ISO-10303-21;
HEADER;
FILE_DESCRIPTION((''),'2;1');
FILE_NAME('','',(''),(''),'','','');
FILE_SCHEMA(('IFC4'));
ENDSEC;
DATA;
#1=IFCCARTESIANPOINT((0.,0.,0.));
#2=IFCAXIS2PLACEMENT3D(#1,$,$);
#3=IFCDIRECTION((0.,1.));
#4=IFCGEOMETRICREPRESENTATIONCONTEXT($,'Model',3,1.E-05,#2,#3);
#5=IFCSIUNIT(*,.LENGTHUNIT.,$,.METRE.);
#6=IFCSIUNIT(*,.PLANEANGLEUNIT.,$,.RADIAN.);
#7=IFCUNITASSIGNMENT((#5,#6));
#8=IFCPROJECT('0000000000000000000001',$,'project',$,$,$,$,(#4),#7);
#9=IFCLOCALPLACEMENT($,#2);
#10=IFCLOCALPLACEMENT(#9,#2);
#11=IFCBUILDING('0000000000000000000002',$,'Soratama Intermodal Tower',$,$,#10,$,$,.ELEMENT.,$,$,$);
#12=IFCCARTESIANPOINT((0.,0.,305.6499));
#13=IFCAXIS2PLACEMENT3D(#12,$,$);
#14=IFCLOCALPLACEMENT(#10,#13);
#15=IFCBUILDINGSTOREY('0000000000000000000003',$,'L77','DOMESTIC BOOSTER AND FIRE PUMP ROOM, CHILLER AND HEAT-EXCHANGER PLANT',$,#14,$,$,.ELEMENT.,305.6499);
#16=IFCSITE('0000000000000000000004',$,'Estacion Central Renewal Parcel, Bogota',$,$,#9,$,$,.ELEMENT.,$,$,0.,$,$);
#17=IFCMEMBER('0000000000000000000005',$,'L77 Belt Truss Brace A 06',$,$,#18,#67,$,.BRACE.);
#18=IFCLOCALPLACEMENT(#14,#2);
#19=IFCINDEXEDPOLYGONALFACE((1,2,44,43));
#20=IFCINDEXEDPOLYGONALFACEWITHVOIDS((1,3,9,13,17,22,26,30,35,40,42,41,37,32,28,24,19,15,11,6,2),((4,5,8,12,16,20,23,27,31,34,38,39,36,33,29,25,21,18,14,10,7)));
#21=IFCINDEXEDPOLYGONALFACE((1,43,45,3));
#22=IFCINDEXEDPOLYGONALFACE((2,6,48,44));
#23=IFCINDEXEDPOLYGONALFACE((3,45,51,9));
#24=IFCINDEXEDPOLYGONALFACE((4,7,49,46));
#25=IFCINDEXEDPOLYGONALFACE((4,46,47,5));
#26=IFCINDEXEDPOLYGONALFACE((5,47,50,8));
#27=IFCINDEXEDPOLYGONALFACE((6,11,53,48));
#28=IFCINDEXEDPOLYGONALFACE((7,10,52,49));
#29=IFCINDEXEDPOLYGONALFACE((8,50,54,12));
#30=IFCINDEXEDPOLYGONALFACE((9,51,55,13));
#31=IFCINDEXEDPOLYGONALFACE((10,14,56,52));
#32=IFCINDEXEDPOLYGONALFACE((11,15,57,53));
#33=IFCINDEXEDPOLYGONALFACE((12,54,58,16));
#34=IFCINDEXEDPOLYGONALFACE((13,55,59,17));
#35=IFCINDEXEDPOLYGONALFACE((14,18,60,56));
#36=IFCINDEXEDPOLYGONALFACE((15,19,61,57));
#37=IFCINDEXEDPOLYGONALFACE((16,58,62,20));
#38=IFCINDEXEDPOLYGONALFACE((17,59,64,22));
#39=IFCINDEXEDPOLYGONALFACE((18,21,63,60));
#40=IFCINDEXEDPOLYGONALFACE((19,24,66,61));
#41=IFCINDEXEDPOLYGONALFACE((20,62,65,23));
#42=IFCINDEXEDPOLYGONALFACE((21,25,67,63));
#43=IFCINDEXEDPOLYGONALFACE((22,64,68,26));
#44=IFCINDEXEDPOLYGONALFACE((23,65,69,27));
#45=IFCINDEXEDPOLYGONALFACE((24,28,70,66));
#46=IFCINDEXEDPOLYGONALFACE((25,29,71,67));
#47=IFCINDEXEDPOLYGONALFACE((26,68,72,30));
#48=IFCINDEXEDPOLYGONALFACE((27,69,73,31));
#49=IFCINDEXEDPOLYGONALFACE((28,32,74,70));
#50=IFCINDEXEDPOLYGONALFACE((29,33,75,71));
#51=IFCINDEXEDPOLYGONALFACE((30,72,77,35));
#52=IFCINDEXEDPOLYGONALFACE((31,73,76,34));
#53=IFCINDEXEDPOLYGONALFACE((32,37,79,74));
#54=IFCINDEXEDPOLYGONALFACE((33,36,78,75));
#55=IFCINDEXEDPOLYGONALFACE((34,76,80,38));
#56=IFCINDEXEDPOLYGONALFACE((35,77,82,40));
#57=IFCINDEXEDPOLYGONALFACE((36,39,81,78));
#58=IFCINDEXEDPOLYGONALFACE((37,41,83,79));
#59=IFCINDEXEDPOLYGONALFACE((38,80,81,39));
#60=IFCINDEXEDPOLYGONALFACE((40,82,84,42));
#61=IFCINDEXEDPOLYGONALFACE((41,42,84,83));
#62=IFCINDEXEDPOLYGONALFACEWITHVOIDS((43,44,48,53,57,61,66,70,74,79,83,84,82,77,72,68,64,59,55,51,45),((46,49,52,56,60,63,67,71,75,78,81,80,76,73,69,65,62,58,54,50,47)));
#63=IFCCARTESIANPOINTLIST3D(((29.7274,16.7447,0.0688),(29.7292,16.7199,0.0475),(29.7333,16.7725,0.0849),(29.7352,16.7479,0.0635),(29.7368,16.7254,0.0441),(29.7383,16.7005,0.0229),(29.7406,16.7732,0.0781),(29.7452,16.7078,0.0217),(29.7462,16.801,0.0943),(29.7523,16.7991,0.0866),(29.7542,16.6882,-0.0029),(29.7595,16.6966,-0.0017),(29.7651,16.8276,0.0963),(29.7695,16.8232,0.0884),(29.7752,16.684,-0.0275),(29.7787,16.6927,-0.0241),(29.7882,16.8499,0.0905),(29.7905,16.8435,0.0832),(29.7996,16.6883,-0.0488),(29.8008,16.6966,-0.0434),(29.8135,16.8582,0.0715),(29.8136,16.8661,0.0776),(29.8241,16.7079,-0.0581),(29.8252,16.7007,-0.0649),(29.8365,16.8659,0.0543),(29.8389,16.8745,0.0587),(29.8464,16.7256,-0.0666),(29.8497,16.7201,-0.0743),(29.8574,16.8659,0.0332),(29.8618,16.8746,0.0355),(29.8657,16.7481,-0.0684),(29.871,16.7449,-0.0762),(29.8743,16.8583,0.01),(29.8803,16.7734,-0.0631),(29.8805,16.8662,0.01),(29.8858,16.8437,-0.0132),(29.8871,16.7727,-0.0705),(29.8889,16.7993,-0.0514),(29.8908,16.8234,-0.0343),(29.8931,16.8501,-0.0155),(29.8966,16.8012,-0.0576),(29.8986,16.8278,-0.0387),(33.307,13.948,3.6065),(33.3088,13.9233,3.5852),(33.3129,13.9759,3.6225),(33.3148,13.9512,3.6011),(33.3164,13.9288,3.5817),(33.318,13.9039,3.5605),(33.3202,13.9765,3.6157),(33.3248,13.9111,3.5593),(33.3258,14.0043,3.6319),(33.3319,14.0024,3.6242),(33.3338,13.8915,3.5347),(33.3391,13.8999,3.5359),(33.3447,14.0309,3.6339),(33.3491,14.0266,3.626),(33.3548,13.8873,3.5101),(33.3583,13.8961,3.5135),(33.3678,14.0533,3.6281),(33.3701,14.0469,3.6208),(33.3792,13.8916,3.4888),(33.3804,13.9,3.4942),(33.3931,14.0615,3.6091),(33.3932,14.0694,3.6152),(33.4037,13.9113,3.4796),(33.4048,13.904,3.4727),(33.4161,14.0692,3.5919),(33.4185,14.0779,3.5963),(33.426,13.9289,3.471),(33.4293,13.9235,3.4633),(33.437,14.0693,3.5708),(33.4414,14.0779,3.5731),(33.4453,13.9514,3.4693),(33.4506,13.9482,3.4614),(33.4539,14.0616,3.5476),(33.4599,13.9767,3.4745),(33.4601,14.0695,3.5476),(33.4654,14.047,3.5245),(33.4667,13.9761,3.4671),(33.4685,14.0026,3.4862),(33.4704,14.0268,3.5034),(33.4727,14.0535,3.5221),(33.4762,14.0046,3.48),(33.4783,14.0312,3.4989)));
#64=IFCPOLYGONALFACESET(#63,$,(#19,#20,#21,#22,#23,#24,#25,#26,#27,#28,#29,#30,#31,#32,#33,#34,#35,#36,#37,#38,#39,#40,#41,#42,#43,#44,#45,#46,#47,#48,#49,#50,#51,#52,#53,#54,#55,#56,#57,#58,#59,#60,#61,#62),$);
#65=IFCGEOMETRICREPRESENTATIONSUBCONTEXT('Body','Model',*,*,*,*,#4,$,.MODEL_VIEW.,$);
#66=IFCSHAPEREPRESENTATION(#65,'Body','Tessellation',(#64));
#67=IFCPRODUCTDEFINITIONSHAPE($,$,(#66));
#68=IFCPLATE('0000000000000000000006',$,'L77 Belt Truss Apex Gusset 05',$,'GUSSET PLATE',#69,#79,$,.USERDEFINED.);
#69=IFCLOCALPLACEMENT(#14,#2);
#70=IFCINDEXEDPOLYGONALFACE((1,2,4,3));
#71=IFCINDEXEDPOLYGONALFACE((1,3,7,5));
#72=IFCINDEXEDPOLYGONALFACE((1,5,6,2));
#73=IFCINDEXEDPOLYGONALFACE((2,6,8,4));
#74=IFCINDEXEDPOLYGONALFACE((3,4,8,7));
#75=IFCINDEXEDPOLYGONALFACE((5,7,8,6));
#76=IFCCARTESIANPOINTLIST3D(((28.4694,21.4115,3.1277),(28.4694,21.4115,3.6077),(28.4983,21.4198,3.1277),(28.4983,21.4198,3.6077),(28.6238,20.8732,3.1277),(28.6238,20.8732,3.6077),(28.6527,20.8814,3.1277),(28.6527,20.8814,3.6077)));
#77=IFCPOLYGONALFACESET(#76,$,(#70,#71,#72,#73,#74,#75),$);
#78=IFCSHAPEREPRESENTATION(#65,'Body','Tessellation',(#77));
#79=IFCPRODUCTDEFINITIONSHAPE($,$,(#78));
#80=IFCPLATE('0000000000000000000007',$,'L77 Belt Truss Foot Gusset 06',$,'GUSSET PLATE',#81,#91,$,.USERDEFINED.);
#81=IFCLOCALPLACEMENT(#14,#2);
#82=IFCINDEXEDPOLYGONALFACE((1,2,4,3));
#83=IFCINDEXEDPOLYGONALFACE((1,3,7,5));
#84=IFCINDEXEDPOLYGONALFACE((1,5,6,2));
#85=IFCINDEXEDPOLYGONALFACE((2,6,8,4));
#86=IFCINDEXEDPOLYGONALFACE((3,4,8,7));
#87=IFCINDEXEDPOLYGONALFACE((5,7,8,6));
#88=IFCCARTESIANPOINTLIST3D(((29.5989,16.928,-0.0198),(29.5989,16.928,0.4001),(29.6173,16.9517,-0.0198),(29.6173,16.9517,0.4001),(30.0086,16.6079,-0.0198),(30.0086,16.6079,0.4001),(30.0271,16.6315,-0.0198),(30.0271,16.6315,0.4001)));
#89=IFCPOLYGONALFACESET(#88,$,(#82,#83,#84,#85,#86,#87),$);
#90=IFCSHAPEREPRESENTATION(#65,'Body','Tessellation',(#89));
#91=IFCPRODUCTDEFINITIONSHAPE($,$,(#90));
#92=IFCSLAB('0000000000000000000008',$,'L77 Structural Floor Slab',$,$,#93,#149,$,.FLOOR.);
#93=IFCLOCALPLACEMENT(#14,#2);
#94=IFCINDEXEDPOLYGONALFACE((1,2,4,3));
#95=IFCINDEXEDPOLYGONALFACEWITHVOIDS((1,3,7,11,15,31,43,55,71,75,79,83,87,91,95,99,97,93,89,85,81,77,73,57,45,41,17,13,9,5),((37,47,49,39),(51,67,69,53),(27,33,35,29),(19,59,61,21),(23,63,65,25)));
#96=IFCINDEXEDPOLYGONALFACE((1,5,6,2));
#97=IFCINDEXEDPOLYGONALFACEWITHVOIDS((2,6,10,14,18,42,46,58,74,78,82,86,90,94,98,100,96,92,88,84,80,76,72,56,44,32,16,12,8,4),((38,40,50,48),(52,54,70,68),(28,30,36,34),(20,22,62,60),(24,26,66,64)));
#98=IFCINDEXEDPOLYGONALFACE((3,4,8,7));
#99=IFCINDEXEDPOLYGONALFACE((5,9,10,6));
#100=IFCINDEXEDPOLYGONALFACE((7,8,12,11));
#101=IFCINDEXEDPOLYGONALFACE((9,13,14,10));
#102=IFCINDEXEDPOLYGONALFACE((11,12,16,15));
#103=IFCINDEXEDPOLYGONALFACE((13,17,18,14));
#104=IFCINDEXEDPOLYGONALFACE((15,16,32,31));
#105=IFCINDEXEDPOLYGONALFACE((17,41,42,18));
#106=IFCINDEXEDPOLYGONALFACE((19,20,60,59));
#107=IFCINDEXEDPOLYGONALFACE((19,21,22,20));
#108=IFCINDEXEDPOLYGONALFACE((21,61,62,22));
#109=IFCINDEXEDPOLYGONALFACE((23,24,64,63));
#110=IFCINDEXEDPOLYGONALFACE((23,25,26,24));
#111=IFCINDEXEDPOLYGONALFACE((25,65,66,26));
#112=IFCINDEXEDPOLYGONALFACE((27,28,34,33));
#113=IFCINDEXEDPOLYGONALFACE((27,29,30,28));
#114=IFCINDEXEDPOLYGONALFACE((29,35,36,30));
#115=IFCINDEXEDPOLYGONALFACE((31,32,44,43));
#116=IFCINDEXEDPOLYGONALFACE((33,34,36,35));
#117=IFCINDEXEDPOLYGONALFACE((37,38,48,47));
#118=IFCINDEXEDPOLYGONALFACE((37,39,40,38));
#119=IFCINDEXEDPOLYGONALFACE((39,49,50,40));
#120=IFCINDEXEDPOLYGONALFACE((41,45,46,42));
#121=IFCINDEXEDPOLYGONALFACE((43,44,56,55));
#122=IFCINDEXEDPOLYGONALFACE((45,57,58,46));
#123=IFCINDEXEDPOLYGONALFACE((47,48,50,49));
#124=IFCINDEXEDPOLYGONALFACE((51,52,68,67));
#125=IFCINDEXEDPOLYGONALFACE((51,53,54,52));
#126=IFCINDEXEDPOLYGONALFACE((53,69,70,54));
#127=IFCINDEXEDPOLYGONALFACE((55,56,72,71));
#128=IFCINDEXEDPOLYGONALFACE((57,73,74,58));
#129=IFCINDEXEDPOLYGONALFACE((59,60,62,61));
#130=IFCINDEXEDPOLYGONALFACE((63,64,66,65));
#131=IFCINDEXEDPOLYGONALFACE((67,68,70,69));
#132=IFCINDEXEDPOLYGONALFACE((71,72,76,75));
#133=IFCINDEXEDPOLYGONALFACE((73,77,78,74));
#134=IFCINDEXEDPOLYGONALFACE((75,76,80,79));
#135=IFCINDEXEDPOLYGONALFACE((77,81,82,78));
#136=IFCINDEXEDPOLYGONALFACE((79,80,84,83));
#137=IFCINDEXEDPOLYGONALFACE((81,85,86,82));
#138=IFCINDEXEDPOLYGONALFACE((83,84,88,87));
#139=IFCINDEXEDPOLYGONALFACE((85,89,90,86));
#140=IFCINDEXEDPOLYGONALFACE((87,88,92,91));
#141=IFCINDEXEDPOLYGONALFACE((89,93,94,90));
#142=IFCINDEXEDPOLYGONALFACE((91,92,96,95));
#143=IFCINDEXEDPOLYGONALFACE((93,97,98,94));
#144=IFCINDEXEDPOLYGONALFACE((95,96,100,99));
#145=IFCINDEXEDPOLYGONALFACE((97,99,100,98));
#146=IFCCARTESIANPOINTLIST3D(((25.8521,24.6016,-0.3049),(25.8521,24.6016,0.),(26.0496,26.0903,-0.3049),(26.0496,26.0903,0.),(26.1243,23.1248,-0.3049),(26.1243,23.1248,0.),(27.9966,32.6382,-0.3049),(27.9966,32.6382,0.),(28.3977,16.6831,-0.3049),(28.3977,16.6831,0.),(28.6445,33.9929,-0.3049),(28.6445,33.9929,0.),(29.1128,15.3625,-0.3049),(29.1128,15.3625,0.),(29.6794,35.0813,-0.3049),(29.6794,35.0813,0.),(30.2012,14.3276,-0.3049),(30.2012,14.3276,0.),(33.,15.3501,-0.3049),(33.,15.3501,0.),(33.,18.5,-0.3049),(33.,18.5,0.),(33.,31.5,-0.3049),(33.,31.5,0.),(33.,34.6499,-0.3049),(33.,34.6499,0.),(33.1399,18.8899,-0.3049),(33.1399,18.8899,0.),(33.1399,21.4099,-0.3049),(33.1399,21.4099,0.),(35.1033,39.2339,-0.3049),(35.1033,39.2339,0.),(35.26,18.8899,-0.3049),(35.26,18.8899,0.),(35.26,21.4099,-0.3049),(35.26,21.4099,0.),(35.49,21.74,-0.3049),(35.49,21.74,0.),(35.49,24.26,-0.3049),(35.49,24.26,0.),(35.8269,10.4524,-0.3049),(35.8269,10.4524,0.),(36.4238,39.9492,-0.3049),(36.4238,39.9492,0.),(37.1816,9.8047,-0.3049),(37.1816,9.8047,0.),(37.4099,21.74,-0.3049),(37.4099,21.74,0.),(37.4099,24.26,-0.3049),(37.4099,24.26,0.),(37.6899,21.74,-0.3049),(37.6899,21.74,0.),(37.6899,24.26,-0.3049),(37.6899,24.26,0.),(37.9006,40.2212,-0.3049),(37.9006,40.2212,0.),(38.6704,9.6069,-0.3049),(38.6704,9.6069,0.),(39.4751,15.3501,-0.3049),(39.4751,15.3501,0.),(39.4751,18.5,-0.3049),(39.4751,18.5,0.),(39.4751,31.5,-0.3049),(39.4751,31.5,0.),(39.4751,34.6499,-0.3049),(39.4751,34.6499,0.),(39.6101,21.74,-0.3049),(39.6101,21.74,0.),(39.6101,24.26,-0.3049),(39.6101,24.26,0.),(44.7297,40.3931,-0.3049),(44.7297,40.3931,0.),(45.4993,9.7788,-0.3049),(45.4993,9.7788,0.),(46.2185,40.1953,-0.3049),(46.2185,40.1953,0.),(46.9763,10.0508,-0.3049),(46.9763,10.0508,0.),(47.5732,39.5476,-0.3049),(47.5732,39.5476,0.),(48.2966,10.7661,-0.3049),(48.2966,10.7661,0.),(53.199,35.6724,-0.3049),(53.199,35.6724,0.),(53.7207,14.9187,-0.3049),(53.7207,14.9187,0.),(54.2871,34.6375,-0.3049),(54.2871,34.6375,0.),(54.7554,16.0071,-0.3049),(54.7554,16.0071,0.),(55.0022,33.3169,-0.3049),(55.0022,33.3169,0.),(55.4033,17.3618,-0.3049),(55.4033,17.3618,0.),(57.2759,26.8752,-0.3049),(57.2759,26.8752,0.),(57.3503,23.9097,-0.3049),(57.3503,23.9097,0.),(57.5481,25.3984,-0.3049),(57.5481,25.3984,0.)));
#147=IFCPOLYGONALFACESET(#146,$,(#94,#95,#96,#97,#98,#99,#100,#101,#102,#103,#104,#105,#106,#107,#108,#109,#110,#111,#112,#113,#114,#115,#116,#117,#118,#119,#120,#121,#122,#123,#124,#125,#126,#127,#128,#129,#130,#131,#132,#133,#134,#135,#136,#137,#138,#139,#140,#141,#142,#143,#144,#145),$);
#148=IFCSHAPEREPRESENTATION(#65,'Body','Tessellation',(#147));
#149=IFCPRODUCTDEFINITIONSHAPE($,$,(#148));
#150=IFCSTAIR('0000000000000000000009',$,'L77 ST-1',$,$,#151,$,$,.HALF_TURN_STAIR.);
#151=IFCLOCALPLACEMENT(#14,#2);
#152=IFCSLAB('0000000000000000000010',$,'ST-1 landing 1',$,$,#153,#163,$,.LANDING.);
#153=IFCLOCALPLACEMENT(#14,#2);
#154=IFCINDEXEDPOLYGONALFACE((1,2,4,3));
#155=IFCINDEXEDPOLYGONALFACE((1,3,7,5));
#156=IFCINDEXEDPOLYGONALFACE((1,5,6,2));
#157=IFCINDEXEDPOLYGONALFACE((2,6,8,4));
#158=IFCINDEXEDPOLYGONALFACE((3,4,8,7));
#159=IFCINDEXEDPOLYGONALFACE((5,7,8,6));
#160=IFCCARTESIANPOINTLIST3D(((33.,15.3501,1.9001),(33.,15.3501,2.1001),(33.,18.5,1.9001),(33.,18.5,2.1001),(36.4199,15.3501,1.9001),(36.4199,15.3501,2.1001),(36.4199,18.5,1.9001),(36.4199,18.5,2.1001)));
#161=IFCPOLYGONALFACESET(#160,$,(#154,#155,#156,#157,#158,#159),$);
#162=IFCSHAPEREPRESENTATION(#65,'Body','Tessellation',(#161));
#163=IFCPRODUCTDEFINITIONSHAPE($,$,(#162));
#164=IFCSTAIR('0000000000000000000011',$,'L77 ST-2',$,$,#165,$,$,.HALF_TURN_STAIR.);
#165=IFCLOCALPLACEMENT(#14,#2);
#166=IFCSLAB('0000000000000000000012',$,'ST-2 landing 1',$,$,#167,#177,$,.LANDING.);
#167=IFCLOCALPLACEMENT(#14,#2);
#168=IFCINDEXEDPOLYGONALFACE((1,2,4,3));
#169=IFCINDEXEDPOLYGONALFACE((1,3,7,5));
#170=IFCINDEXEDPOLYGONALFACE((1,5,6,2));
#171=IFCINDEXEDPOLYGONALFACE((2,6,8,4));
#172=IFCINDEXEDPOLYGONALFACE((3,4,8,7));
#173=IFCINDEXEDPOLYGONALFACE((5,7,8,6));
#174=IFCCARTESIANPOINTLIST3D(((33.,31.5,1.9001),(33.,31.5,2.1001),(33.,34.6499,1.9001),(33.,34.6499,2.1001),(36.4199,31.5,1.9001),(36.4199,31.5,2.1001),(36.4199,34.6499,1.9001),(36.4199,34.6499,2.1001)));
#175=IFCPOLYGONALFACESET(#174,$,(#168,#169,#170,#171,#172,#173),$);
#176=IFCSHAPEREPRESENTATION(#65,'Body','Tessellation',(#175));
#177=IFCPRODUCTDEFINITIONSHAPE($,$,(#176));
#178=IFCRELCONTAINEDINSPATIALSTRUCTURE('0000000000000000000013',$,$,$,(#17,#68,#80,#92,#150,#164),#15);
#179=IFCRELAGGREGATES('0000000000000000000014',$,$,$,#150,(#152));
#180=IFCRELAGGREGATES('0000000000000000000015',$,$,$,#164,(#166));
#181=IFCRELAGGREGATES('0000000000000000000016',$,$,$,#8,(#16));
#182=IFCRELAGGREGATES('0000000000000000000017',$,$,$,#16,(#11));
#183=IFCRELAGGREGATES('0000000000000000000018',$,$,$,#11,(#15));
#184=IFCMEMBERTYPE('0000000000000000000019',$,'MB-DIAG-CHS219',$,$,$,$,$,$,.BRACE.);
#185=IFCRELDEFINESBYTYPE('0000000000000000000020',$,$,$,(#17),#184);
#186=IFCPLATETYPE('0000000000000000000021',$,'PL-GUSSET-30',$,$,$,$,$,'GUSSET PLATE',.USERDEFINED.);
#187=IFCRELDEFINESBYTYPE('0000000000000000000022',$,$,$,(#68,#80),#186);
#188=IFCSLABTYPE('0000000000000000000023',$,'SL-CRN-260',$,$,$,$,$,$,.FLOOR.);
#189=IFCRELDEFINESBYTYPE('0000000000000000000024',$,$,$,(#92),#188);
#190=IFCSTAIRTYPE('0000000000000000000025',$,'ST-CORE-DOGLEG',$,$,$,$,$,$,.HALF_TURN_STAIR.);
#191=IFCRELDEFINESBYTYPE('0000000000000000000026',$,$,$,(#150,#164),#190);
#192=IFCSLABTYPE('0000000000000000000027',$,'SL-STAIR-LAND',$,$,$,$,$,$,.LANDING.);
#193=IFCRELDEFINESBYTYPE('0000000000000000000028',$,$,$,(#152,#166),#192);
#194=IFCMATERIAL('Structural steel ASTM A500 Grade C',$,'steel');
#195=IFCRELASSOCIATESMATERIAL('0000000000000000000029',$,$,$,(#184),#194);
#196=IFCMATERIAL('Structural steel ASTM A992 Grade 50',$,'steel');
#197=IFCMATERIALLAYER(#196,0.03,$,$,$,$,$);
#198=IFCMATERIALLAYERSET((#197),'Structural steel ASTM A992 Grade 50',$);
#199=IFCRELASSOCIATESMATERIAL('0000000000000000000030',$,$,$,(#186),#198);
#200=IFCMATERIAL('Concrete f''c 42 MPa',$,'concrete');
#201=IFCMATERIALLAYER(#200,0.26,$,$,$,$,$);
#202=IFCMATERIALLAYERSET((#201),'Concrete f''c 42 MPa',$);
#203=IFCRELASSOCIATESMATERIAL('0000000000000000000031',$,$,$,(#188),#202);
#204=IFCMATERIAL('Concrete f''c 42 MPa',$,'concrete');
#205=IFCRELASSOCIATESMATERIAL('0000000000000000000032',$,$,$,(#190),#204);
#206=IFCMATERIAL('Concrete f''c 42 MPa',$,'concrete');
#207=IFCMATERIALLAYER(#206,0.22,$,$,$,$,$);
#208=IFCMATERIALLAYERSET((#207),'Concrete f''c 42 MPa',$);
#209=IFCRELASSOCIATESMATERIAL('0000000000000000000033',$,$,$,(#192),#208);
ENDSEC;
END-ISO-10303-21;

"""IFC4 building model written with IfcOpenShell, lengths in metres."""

from ifc_helpers import new_model, si_unit, direction, frame, origin, origin_2d, place, context, subcontext, project, spatial, polyline, rectangle, hollow_circle, outline, extrude, material, layer, layer_set, material_profile, profile_set, type_object, element, aggregate, save


model = new_model("IFC4")

# Units and contexts
model_context = context("Model", 3, precision=1e-05, world=origin(), true_north=direction((0.0, 1.0)))
body_context = subcontext(model_context, "Body", "Model", "MODEL_VIEW")
ifc_project = project(units=[si_unit("LENGTHUNIT", "METRE"), si_unit("PLANEANGLEUNIT", "RADIAN")], contexts=[model_context])

# Site, building, storey
site_placement = place(None, origin())
site = spatial("IfcSite", under=ifc_project, at=site_placement, Name="Estacion Central Renewal Parcel, Bogota", CompositionType="ELEMENT", RefElevation=0.0)
building_placement = place(site_placement, origin())
building = spatial("IfcBuilding", under=site, at=building_placement, Name="Soratama Intermodal Tower", CompositionType="ELEMENT")
storey_placement = place(building_placement, frame((0.0, 0.0, 305.6499)))
storey = spatial("IfcBuildingStorey", under=building, at=storey_placement, Name="L77", Description="DOMESTIC BOOSTER AND FIRE PUMP ROOM, CHILLER AND HEAT-EXCHANGER PLANT", CompositionType="ELEMENT", Elevation=305.6499)

# Member
ifc_material_1 = material(Name="Structural steel ASTM A500 Grade C", Category="steel")
ifc_material_profile_1 = material_profile(ifc_material_1, hollow_circle(Radius=0.1096, WallThickness=0.01, at=origin_2d()), Name="CHS219X10")
ifc_profile_set_1 = profile_set([ifc_material_profile_1], Name="Structural steel ASTM A500 Grade C")
member_type = type_object("IfcMemberType", Name="MB-DIAG-CHS219", PredefinedType="BRACE", material=ifc_profile_set_1)
for number, where, z_axis, x_axis, name in (
    (1, (29.813, 16.7798, 0.01), (0.621723, -0.485734, 0.614429), (0.615654, 0.788016, 0.0), "L77 Belt Truss Brace A 06"),
):
    element("IfcMember", number, at=place(storey_placement, frame(where, z_axis=z_axis, x_axis=x_axis)), inside=storey, type_object=member_type, Name=name, PredefinedType="BRACE", context=body_context, shape_type="SweptSolid", body=[
        extrude(hollow_circle(Radius=0.1096, WallThickness=0.01, at=origin_2d()), origin(), (0.0, 0.0, 1.0), 5.7576),
    ])

# Plates
ifc_material_2 = material(Name="Structural steel ASTM A992 Grade 50", Category="steel")
ifc_layer_1 = layer(ifc_material_2, 0.03)
ifc_layer_set_1 = layer_set([ifc_layer_1], Name="Structural steel ASTM A992 Grade 50")
plate_type = type_object("IfcPlateType", Name="PL-GUSSET-30", ElementType="GUSSET PLATE", PredefinedType="USERDEFINED", material=ifc_layer_set_1)
plate_1_placement = place(storey_placement, frame((28.561, 21.1465, 3.1277), z_axis=(0.0, 0.0, 1.0), x_axis=(0.275637, -0.961262, 0.0)))
element("IfcPlate", 2, at=plate_1_placement, inside=storey, type_object=plate_type, Name="L77 Belt Truss Apex Gusset 05", ObjectType="GUSSET PLATE", PredefinedType="USERDEFINED", context=body_context, shape_type="SweptSolid", body=[
    extrude(rectangle(XDim=0.5601, YDim=0.03, at=origin_2d()), origin(), (0.0, 0.0, 1.0), 0.48),
])
plate_2_placement = place(storey_placement, frame((29.813, 16.7798, -0.0198), z_axis=(0.0, 0.0, 1.0), x_axis=(0.788011, -0.615661, 0.0)))
element("IfcPlate", 3, at=plate_2_placement, inside=storey, type_object=plate_type, Name="L77 Belt Truss Foot Gusset 06", ObjectType="GUSSET PLATE", PredefinedType="USERDEFINED", context=body_context, shape_type="SweptSolid", body=[
    extrude(rectangle(XDim=0.52, YDim=0.03, at=origin_2d()), origin(), (0.0, 0.0, 1.0), 0.4199),
])

# Slab
ifc_material_3 = material(Name="Concrete f'c 42 MPa", Category="concrete")
ifc_layer_2 = layer(ifc_material_3, 0.26)
ifc_layer_set_2 = layer_set([ifc_layer_2], Name="Concrete f'c 42 MPa")
slab_type_1 = type_object("IfcSlabType", Name="SL-CRN-260", PredefinedType="FLOOR", material=ifc_layer_set_2)
slab_1_placement = place(storey_placement, frame((0.0, 0.0, -0.3049)))
element("IfcSlab", 4, at=slab_1_placement, inside=storey, type_object=slab_type_1, Name="L77 Structural Floor Slab", PredefinedType="FLOOR", context=body_context, shape_type="SweptSolid", body=[
    extrude(outline(polyline([(47.5732, 39.5476), (46.2185, 40.1953), (44.7297, 40.3931), (37.9006, 40.2212), (36.4238, 39.9492), (35.1033, 39.2339), (29.6794, 35.0813), (28.6445, 33.9929), (27.9966, 32.6382), (26.0496, 26.0903), (25.8521, 24.6016), (26.1243, 23.1248), (28.3977, 16.6831), (29.1128, 15.3625), (30.2012, 14.3276), (35.8269, 10.4524), (37.1816, 9.8047), (38.6704, 9.6069), (45.4993, 9.7788), (46.9763, 10.0508), (48.2966, 10.7661), (53.7207, 14.9187), (54.7554, 16.0071), (55.4033, 17.3618), (57.3503, 23.9097), (57.5481, 25.3984), (57.2759, 26.8752), (55.0022, 33.3169), (54.2871, 34.6375), (53.199, 35.6724), (47.5732, 39.5476)]), holes=[polyline([(33.0, 15.3501), (39.4751, 15.3501), (39.4751, 18.5), (33.0, 18.5), (33.0, 15.3501)]), polyline([(33.1399, 21.4099), (33.1399, 18.8899), (35.26, 18.8899), (35.26, 21.4099), (33.1399, 21.4099)]), polyline([(35.49, 24.26), (35.49, 21.74), (37.4099, 21.74), (37.4099, 24.26), (35.49, 24.26)]), polyline([(39.6101, 24.26), (37.6899, 24.26), (37.6899, 21.74), (39.6101, 21.74), (39.6101, 24.26)]), polyline([(33.0, 34.6499), (33.0, 31.5), (39.4751, 31.5), (39.4751, 34.6499), (33.0, 34.6499)])]), origin(), (0.0, 0.0, 1.0), 0.3049),
])

# Stairs, slabs
ifc_material_4 = material(Name="Concrete f'c 42 MPa", Category="concrete")
stair_type = type_object("IfcStairType", Name="ST-CORE-DOGLEG", PredefinedType="HALF_TURN_STAIR", material=ifc_material_4)
stair_1_placement = place(storey_placement, origin())
stair_1 = element("IfcStair", 5, at=stair_1_placement, inside=storey, type_object=stair_type, Name="L77 ST-1", PredefinedType="HALF_TURN_STAIR")
ifc_material_5 = material(Name="Concrete f'c 42 MPa", Category="concrete")
ifc_layer_3 = layer(ifc_material_5, 0.22)
ifc_layer_set_3 = layer_set([ifc_layer_3], Name="Concrete f'c 42 MPa")
slab_type_2 = type_object("IfcSlabType", Name="SL-STAIR-LAND", PredefinedType="LANDING", material=ifc_layer_set_3)
slab_2_placement = place(storey_placement, frame((0.0, 0.0, 1.9001)))
slab_2 = element("IfcSlab", 6, at=slab_2_placement, type_object=slab_type_2, Name="ST-1 landing 1", PredefinedType="LANDING", context=body_context, shape_type="SweptSolid", body=[
    extrude(outline(polyline([(36.4199, 18.5), (33.0, 18.5), (33.0, 15.3501), (36.4199, 15.3501), (36.4199, 18.5)])), origin(), (0.0, 0.0, 1.0), 0.2),
])
aggregate(stair_1, [slab_2])
stair_2_placement = place(storey_placement, origin())
stair_2 = element("IfcStair", 7, at=stair_2_placement, inside=storey, type_object=stair_type, Name="L77 ST-2", PredefinedType="HALF_TURN_STAIR")
slab_3_placement = place(storey_placement, frame((0.0, 0.0, 1.9001)))
slab_3 = element("IfcSlab", 8, at=slab_3_placement, type_object=slab_type_2, Name="ST-2 landing 1", PredefinedType="LANDING", context=body_context, shape_type="SweptSolid", body=[
    extrude(outline(polyline([(36.4199, 34.6499), (33.0, 34.6499), (33.0, 31.5), (36.4199, 31.5), (36.4199, 34.6499)])), origin(), (0.0, 0.0, 1.0), 0.2),
])
aggregate(stair_2, [slab_3])

save(model, "model.ifc")
